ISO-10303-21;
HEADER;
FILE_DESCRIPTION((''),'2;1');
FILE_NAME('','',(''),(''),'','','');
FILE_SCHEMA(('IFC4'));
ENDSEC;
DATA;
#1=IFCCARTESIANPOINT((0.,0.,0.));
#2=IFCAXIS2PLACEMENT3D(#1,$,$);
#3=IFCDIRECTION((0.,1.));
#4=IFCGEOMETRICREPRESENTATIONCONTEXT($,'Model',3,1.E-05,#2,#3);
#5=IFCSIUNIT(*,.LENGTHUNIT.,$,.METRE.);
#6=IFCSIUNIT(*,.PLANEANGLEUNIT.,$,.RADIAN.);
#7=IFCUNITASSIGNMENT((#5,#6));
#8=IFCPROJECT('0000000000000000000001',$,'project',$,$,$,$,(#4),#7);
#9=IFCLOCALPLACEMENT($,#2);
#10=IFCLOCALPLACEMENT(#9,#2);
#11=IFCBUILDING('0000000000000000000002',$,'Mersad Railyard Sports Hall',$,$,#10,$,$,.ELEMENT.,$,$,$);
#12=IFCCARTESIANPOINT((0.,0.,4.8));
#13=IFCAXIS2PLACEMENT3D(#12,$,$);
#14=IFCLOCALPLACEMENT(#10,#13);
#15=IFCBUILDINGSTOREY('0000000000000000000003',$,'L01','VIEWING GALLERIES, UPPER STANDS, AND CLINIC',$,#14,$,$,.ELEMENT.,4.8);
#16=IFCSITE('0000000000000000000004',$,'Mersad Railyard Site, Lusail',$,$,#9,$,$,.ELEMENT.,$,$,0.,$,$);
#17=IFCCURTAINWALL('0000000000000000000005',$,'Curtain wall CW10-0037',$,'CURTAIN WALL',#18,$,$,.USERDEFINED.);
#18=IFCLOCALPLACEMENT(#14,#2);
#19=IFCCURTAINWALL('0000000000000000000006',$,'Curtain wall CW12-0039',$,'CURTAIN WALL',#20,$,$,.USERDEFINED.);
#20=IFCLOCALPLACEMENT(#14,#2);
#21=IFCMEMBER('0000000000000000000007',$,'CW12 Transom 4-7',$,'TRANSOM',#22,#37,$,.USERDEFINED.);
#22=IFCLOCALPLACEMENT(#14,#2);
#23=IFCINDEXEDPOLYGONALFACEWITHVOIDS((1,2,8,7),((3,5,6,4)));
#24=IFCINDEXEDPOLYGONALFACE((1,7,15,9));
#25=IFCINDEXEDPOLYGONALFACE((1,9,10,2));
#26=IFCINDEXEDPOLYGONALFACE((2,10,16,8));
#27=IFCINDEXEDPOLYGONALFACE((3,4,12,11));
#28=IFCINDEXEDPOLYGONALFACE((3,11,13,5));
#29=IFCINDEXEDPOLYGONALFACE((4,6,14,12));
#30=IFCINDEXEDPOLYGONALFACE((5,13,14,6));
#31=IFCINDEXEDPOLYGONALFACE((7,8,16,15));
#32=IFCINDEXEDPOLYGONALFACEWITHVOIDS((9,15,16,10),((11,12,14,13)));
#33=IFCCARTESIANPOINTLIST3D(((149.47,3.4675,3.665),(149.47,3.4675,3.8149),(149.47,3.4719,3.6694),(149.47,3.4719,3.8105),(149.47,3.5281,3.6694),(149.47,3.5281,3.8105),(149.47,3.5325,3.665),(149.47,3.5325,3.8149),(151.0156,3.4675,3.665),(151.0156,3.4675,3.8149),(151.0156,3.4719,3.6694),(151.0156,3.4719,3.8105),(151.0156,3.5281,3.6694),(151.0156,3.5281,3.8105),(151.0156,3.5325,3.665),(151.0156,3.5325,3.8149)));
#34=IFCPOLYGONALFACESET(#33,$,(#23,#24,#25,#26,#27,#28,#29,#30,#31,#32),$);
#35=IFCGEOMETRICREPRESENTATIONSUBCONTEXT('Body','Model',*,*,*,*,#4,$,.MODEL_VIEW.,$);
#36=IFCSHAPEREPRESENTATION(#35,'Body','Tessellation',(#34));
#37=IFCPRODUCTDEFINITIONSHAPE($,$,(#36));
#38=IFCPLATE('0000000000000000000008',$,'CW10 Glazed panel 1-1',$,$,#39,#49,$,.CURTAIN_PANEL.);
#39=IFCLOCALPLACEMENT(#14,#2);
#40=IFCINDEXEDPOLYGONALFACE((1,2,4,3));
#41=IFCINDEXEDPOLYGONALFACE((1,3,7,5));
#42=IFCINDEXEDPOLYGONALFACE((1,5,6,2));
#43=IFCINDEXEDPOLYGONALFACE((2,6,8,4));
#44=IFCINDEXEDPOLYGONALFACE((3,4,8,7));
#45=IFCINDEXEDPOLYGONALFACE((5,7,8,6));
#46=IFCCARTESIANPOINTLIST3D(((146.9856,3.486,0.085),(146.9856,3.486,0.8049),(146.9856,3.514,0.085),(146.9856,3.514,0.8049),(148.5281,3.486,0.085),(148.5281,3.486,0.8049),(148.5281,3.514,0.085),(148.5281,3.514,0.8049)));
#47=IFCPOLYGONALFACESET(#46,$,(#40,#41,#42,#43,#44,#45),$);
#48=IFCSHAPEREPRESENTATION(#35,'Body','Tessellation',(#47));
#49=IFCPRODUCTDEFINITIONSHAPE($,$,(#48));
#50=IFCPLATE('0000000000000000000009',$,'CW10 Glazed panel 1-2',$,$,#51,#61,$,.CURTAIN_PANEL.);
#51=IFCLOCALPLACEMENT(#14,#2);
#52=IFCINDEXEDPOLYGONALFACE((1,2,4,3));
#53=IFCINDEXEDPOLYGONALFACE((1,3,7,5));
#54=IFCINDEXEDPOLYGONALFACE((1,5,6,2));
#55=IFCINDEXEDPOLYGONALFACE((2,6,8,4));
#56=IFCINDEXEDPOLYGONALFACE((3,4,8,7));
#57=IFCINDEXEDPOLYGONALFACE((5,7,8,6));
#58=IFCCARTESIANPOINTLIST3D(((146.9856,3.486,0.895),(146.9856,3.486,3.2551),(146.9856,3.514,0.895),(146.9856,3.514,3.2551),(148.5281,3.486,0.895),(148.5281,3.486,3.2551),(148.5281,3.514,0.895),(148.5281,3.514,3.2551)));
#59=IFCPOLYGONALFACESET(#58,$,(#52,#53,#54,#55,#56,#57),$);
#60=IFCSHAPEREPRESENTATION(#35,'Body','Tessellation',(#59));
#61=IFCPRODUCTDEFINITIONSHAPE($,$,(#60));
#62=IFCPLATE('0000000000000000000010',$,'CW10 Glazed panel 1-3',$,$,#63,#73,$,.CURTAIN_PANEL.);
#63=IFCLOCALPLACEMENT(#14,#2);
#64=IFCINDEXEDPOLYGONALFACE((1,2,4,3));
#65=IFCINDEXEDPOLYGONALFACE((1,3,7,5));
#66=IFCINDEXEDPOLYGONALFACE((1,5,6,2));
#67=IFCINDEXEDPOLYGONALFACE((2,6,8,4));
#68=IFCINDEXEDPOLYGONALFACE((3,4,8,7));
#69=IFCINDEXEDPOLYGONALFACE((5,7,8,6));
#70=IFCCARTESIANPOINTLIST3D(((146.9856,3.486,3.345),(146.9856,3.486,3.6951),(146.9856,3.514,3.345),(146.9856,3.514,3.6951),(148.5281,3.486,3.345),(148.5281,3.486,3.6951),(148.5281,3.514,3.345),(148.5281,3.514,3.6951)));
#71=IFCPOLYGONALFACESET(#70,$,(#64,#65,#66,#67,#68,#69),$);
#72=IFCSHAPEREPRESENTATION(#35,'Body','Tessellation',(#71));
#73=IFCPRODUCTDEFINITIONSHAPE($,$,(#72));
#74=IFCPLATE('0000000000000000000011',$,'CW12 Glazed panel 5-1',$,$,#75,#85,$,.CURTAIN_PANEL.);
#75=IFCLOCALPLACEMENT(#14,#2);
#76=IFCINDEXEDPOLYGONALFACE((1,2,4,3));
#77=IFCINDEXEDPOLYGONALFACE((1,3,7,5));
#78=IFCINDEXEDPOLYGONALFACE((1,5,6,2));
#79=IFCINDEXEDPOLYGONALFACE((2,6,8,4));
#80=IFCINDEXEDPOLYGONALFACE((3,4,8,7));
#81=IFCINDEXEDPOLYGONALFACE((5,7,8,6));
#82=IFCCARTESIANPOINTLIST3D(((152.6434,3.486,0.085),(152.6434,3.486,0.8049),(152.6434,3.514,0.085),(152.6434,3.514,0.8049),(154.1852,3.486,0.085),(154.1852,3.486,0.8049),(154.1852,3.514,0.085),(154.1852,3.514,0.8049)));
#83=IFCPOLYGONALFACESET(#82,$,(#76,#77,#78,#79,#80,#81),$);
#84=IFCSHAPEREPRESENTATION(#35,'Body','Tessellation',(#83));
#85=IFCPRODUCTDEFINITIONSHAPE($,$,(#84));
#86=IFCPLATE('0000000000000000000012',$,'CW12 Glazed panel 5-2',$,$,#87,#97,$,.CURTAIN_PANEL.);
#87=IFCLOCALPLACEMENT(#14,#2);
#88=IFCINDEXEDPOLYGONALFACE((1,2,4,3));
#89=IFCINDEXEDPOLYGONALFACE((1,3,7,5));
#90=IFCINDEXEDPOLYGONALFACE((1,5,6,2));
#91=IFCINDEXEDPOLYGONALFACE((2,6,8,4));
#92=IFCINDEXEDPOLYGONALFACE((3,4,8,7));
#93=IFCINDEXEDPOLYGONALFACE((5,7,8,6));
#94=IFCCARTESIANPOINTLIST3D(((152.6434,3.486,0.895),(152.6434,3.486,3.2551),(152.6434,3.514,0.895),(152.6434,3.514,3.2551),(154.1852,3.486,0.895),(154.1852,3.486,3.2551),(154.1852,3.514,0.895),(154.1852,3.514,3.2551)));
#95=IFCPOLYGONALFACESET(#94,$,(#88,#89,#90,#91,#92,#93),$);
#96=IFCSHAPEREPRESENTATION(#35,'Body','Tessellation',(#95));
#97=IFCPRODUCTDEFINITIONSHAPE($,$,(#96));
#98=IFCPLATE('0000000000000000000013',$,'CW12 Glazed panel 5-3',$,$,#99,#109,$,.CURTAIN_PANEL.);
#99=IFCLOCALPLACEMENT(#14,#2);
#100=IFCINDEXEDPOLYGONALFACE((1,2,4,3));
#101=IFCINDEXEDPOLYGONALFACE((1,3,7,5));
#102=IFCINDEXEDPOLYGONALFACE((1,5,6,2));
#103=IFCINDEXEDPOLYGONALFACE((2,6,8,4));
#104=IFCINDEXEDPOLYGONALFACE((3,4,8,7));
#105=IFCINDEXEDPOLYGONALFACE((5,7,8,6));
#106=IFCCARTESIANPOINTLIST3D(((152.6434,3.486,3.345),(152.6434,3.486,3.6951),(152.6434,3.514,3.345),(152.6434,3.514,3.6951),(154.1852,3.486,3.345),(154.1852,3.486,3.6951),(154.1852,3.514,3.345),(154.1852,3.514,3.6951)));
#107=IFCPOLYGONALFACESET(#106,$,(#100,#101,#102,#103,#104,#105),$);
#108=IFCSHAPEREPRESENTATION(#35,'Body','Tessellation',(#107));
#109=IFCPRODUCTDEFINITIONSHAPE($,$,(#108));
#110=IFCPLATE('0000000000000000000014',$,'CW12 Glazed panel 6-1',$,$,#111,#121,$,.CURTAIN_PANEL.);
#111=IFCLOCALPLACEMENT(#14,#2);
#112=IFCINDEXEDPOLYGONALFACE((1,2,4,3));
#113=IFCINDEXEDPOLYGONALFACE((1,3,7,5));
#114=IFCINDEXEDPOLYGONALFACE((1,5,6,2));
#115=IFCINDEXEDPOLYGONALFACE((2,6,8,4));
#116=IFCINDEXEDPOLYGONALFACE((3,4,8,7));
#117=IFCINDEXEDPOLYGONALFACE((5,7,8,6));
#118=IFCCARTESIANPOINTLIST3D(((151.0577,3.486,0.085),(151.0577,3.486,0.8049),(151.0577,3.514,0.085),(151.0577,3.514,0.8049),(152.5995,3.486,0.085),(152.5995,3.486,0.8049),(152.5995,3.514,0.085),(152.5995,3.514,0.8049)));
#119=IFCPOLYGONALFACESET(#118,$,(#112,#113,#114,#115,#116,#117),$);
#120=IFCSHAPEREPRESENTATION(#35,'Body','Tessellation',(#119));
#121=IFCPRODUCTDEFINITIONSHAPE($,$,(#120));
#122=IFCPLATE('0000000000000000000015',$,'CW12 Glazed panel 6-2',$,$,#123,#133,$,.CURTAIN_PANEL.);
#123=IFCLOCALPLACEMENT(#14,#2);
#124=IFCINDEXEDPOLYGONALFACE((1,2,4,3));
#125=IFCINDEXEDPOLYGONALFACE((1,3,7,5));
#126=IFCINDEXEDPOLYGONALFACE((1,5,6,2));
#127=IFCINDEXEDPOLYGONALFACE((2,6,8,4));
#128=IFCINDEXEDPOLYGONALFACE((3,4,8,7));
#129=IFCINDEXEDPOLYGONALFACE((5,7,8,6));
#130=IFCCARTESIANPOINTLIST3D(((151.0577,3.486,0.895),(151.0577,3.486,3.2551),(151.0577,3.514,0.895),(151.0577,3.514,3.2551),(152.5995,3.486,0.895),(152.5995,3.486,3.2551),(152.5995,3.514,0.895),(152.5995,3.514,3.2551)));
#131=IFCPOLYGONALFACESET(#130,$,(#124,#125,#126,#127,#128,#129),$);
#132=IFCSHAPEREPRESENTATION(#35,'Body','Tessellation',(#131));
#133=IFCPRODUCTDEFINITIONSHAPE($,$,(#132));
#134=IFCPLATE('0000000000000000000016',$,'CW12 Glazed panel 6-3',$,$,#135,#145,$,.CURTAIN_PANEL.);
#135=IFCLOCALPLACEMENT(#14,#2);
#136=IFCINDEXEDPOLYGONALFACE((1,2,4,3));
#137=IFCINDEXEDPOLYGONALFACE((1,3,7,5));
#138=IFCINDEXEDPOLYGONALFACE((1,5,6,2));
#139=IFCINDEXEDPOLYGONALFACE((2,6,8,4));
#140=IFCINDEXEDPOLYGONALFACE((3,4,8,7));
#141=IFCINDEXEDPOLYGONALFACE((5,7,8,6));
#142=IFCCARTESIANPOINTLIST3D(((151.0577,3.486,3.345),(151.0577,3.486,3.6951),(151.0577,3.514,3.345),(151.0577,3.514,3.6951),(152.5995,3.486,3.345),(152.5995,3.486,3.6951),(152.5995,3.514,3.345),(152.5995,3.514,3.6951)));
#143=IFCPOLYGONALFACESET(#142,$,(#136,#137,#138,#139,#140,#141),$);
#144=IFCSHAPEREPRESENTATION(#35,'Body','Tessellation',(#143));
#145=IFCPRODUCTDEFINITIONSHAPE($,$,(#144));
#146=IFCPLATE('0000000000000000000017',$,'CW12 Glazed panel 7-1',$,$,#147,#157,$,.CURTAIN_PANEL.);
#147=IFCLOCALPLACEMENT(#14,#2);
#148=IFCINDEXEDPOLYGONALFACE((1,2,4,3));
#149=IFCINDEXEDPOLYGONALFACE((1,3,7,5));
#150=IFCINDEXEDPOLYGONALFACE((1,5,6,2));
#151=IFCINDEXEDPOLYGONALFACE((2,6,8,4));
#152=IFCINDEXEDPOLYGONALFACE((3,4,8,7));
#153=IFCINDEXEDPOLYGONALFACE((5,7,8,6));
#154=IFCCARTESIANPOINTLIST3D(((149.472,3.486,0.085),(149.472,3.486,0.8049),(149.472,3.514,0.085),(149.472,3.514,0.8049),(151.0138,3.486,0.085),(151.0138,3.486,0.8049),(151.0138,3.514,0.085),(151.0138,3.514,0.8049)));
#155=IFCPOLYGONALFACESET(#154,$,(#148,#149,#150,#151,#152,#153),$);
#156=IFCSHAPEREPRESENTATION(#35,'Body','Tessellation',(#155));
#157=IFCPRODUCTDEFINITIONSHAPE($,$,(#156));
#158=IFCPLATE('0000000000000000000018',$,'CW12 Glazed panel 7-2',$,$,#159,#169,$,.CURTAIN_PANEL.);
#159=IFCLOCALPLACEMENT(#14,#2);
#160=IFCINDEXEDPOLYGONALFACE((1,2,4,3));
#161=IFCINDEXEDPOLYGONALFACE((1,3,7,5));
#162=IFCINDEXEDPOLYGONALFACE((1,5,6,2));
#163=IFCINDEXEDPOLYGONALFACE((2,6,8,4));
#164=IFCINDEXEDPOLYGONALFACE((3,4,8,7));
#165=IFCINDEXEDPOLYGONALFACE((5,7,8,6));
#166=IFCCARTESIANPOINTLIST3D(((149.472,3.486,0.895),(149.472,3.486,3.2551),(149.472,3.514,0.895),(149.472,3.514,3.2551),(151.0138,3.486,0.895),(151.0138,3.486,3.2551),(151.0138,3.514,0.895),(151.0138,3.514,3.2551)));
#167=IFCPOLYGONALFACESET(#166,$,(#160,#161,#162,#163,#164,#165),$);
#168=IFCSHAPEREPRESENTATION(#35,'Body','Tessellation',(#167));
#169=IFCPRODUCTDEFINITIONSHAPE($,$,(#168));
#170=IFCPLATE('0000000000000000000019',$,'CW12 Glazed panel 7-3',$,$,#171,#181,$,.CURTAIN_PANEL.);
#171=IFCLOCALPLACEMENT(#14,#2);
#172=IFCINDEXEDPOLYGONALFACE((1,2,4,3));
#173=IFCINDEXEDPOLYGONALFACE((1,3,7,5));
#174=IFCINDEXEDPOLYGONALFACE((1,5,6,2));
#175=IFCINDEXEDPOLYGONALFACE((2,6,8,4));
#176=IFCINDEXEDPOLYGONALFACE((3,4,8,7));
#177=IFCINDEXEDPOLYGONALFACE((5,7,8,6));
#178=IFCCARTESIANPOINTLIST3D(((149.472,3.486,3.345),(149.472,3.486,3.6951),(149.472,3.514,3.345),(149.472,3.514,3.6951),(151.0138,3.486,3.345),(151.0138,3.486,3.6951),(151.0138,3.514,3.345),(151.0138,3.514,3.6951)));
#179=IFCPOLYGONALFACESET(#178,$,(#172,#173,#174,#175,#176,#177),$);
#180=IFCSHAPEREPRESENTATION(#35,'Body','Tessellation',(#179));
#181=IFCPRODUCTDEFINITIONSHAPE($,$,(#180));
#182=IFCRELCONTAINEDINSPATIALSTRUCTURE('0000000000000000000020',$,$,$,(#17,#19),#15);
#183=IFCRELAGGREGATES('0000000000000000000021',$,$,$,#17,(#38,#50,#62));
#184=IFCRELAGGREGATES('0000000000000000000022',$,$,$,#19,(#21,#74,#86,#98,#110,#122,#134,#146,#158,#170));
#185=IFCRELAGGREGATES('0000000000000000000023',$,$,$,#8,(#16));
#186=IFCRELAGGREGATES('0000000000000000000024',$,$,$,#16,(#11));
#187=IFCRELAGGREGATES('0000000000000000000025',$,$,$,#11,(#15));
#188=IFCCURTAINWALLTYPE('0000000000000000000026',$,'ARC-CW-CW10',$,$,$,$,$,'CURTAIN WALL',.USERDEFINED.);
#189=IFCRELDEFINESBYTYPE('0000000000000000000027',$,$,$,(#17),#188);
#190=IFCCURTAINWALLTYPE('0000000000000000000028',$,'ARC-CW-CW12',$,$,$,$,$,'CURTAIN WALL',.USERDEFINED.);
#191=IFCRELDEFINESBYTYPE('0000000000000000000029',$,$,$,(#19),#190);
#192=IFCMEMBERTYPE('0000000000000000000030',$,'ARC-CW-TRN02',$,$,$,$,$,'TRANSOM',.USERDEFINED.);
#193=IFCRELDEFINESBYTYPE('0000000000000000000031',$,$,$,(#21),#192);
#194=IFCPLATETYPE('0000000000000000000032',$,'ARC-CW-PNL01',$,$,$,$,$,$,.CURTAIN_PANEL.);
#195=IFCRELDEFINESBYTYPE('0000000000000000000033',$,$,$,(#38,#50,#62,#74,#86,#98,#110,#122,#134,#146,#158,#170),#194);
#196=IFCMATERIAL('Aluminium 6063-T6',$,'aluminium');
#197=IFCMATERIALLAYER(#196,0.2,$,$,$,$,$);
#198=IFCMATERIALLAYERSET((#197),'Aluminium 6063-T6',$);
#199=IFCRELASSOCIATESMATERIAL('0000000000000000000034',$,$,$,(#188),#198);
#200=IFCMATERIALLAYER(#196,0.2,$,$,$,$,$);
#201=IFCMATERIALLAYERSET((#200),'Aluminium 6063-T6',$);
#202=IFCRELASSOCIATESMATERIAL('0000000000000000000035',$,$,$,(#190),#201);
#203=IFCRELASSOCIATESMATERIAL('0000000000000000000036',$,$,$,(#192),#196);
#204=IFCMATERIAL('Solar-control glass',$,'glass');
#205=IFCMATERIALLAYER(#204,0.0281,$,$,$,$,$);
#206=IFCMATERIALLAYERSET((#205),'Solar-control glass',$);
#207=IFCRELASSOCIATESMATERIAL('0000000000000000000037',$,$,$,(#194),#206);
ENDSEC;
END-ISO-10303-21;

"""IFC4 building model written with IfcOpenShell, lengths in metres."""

from ifc_helpers import new_model, si_unit, direction, frame, origin, origin_2d, place, context, subcontext, project, spatial, rectangle, hollow_rectangle, extrude, material, layer, layer_set, material_profile, profile_set, type_object, element, aggregate, save


model = new_model("IFC4")

# Units and contexts
model_context = context("Model", 3, precision=1e-05, world=origin(), true_north=direction((0.0, 1.0)))
body_context = subcontext(model_context, "Body", "Model", "MODEL_VIEW")
ifc_project = project(units=[si_unit("LENGTHUNIT", "METRE"), si_unit("PLANEANGLEUNIT", "RADIAN")], contexts=[model_context])

# Site, building, storey
site_placement = place(None, origin())
site = spatial("IfcSite", under=ifc_project, at=site_placement, Name="Mersad Railyard Site, Lusail", CompositionType="ELEMENT", RefElevation=0.0)
building_placement = place(site_placement, origin())
building = spatial("IfcBuilding", under=site, at=building_placement, Name="Mersad Railyard Sports Hall", CompositionType="ELEMENT")
storey_placement = place(building_placement, frame((0.0, 0.0, 4.8)))
storey = spatial("IfcBuildingStorey", under=building, at=storey_placement, Name="L01", Description="VIEWING GALLERIES, UPPER STANDS, AND CLINIC", CompositionType="ELEMENT", Elevation=4.8)

# Curtain walls
ifc_material_1 = material(Name="Aluminium 6063-T6", Category="aluminium")
ifc_layer_1 = layer(ifc_material_1, 0.2)
ifc_layer_set_1 = layer_set([ifc_layer_1], Name="Aluminium 6063-T6")
curtain_wall_type_1 = type_object("IfcCurtainWallType", Name="ARC-CW-CW10", ElementType="CURTAIN WALL", PredefinedType="USERDEFINED", material=ifc_layer_set_1)
curtain_wall_1_placement = place(storey_placement, origin())
curtain_wall_1 = element("IfcCurtainWall", 1, at=curtain_wall_1_placement, inside=storey, type_object=curtain_wall_type_1, Name="Curtain wall CW10-0037", ObjectType="CURTAIN WALL", PredefinedType="USERDEFINED")
ifc_layer_2 = layer(ifc_material_1, 0.2)
ifc_layer_set_2 = layer_set([ifc_layer_2], Name="Aluminium 6063-T6")
curtain_wall_type_2 = type_object("IfcCurtainWallType", Name="ARC-CW-CW12", ElementType="CURTAIN WALL", PredefinedType="USERDEFINED", material=ifc_layer_set_2)
curtain_wall_2_placement = place(storey_placement, origin())
curtain_wall_2 = element("IfcCurtainWall", 2, at=curtain_wall_2_placement, inside=storey, type_object=curtain_wall_type_2, Name="Curtain wall CW12-0039", ObjectType="CURTAIN WALL", PredefinedType="USERDEFINED")

# Member
ifc_material_profile_1 = material_profile(ifc_material_1, hollow_rectangle(XDim=0.0649, YDim=0.1499, WallThickness=0.0044, at=origin_2d()), Name="AL TRANSOM 65x150x4.5")
ifc_profile_set_1 = profile_set([ifc_material_profile_1], Name="Aluminium 6063-T6")
member_type_1 = type_object("IfcMemberType", Name="ARC-CW-TRN02", ElementType="TRANSOM", PredefinedType="USERDEFINED", material=ifc_profile_set_1)
member_1_placement = place(storey_placement, frame((151.0156, 3.5, 3.74), z_axis=(-1.0, 0.0, 0.0), x_axis=(0.0, -1.0, 0.0)))
member_1 = element("IfcMember", 3, at=member_1_placement, type_object=member_type_1, Name="CW12 Transom 4-7", ObjectType="TRANSOM", PredefinedType="USERDEFINED", context=body_context, shape_type="SweptSolid", body=[
    extrude(hollow_rectangle(XDim=0.0649, YDim=0.1499, WallThickness=0.0044, at=origin_2d()), origin(), (0.0, 0.0, 1.0), 1.5457),
])

# Plates
ifc_material_2 = material(Name="Solar-control glass", Category="glass")
ifc_layer_3 = layer(ifc_material_2, 0.0281)
ifc_layer_set_3 = layer_set([ifc_layer_3], Name="Solar-control glass")
plate_type = type_object("IfcPlateType", Name="ARC-CW-PNL01", PredefinedType="CURTAIN_PANEL", material=ifc_layer_set_3)
plate_1_placement = place(storey_placement, frame((147.7568, 3.5, 0.085), z_axis=(0.0, 0.0, 1.0), x_axis=(-1.0, 0.0, 0.0)))
plate_1 = element("IfcPlate", 4, at=plate_1_placement, type_object=plate_type, Name="CW10 Glazed panel 1-1", PredefinedType="CURTAIN_PANEL", context=body_context, shape_type="SweptSolid", body=[
    extrude(rectangle(XDim=1.5425, YDim=0.0281, at=origin_2d()), origin(), (0.0, 0.0, 1.0), 0.72),
])
plate_2_placement = place(storey_placement, frame((147.7568, 3.5, 0.895), z_axis=(0.0, 0.0, 1.0), x_axis=(-1.0, 0.0, 0.0)))
plate_2 = element("IfcPlate", 5, at=plate_2_placement, type_object=plate_type, Name="CW10 Glazed panel 1-2", PredefinedType="CURTAIN_PANEL", context=body_context, shape_type="SweptSolid", body=[
    extrude(rectangle(XDim=1.5425, YDim=0.0281, at=origin_2d()), origin(), (0.0, 0.0, 1.0), 2.3601),
])
plate_3_placement = place(storey_placement, frame((147.7568, 3.5, 3.345), z_axis=(0.0, 0.0, 1.0), x_axis=(-1.0, 0.0, 0.0)))
plate_3 = element("IfcPlate", 6, at=plate_3_placement, type_object=plate_type, Name="CW10 Glazed panel 1-3", PredefinedType="CURTAIN_PANEL", context=body_context, shape_type="SweptSolid", body=[
    extrude(rectangle(XDim=1.5425, YDim=0.0281, at=origin_2d()), origin(), (0.0, 0.0, 1.0), 0.3501),
])
aggregate(curtain_wall_1, [plate_1, plate_2, plate_3])
plate_4_placement = place(storey_placement, frame((153.4143, 3.5, 0.085), z_axis=(0.0, 0.0, 1.0), x_axis=(-1.0, 0.0, 0.0)))
plate_4 = element("IfcPlate", 7, at=plate_4_placement, type_object=plate_type, Name="CW12 Glazed panel 5-1", PredefinedType="CURTAIN_PANEL", context=body_context, shape_type="SweptSolid", body=[
    extrude(rectangle(XDim=1.5417, YDim=0.0281, at=origin_2d()), origin(), (0.0, 0.0, 1.0), 0.72),
])
plate_5_placement = place(storey_placement, frame((153.4143, 3.5, 0.895), z_axis=(0.0, 0.0, 1.0), x_axis=(-1.0, 0.0, 0.0)))
plate_5 = element("IfcPlate", 8, at=plate_5_placement, type_object=plate_type, Name="CW12 Glazed panel 5-2", PredefinedType="CURTAIN_PANEL", context=body_context, shape_type="SweptSolid", body=[
    extrude(rectangle(XDim=1.5417, YDim=0.0281, at=origin_2d()), origin(), (0.0, 0.0, 1.0), 2.3601),
])
plate_6_placement = place(storey_placement, frame((153.4143, 3.5, 3.345), z_axis=(0.0, 0.0, 1.0), x_axis=(-1.0, 0.0, 0.0)))
plate_6 = element("IfcPlate", 9, at=plate_6_placement, type_object=plate_type, Name="CW12 Glazed panel 5-3", PredefinedType="CURTAIN_PANEL", context=body_context, shape_type="SweptSolid", body=[
    extrude(rectangle(XDim=1.5417, YDim=0.0281, at=origin_2d()), origin(), (0.0, 0.0, 1.0), 0.3501),
])
plate_7_placement = place(storey_placement, frame((151.8286, 3.5, 0.085), z_axis=(0.0, 0.0, 1.0), x_axis=(-1.0, 0.0, 0.0)))
plate_7 = element("IfcPlate", 10, at=plate_7_placement, type_object=plate_type, Name="CW12 Glazed panel 6-1", PredefinedType="CURTAIN_PANEL", context=body_context, shape_type="SweptSolid", body=[
    extrude(rectangle(XDim=1.5417, YDim=0.0281, at=origin_2d()), origin(), (0.0, 0.0, 1.0), 0.72),
])
plate_8_placement = place(storey_placement, frame((151.8286, 3.5, 0.895), z_axis=(0.0, 0.0, 1.0), x_axis=(-1.0, 0.0, 0.0)))
plate_8 = element("IfcPlate", 11, at=plate_8_placement, type_object=plate_type, Name="CW12 Glazed panel 6-2", PredefinedType="CURTAIN_PANEL", context=body_context, shape_type="SweptSolid", body=[
    extrude(rectangle(XDim=1.5417, YDim=0.0281, at=origin_2d()), origin(), (0.0, 0.0, 1.0), 2.3601),
])
plate_9_placement = place(storey_placement, frame((151.8286, 3.5, 3.345), z_axis=(0.0, 0.0, 1.0), x_axis=(-1.0, 0.0, 0.0)))
plate_9 = element("IfcPlate", 12, at=plate_9_placement, type_object=plate_type, Name="CW12 Glazed panel 6-3", PredefinedType="CURTAIN_PANEL", context=body_context, shape_type="SweptSolid", body=[
    extrude(rectangle(XDim=1.5417, YDim=0.0281, at=origin_2d()), origin(), (0.0, 0.0, 1.0), 0.3501),
])
plate_10_placement = place(storey_placement, frame((150.2429, 3.5, 0.085), z_axis=(0.0, 0.0, 1.0), x_axis=(-1.0, 0.0, 0.0)))
plate_10 = element("IfcPlate", 13, at=plate_10_placement, type_object=plate_type, Name="CW12 Glazed panel 7-1", PredefinedType="CURTAIN_PANEL", context=body_context, shape_type="SweptSolid", body=[
    extrude(rectangle(XDim=1.5417, YDim=0.0281, at=origin_2d()), origin(), (0.0, 0.0, 1.0), 0.72),
])
plate_11_placement = place(storey_placement, frame((150.2429, 3.5, 0.895), z_axis=(0.0, 0.0, 1.0), x_axis=(-1.0, 0.0, 0.0)))
plate_11 = element("IfcPlate", 14, at=plate_11_placement, type_object=plate_type, Name="CW12 Glazed panel 7-2", PredefinedType="CURTAIN_PANEL", context=body_context, shape_type="SweptSolid", body=[
    extrude(rectangle(XDim=1.5417, YDim=0.0281, at=origin_2d()), origin(), (0.0, 0.0, 1.0), 2.3601),
])
plate_12_placement = place(storey_placement, frame((150.2429, 3.5, 3.345), z_axis=(0.0, 0.0, 1.0), x_axis=(-1.0, 0.0, 0.0)))
plate_12 = element("IfcPlate", 15, at=plate_12_placement, type_object=plate_type, Name="CW12 Glazed panel 7-3", PredefinedType="CURTAIN_PANEL", context=body_context, shape_type="SweptSolid", body=[
    extrude(rectangle(XDim=1.5417, YDim=0.0281, at=origin_2d()), origin(), (0.0, 0.0, 1.0), 0.3501),
])
aggregate(curtain_wall_2, [member_1, plate_4, plate_5, plate_6, plate_7, plate_8, plate_9, plate_10, plate_11, plate_12])

save(model, "model.ifc")
